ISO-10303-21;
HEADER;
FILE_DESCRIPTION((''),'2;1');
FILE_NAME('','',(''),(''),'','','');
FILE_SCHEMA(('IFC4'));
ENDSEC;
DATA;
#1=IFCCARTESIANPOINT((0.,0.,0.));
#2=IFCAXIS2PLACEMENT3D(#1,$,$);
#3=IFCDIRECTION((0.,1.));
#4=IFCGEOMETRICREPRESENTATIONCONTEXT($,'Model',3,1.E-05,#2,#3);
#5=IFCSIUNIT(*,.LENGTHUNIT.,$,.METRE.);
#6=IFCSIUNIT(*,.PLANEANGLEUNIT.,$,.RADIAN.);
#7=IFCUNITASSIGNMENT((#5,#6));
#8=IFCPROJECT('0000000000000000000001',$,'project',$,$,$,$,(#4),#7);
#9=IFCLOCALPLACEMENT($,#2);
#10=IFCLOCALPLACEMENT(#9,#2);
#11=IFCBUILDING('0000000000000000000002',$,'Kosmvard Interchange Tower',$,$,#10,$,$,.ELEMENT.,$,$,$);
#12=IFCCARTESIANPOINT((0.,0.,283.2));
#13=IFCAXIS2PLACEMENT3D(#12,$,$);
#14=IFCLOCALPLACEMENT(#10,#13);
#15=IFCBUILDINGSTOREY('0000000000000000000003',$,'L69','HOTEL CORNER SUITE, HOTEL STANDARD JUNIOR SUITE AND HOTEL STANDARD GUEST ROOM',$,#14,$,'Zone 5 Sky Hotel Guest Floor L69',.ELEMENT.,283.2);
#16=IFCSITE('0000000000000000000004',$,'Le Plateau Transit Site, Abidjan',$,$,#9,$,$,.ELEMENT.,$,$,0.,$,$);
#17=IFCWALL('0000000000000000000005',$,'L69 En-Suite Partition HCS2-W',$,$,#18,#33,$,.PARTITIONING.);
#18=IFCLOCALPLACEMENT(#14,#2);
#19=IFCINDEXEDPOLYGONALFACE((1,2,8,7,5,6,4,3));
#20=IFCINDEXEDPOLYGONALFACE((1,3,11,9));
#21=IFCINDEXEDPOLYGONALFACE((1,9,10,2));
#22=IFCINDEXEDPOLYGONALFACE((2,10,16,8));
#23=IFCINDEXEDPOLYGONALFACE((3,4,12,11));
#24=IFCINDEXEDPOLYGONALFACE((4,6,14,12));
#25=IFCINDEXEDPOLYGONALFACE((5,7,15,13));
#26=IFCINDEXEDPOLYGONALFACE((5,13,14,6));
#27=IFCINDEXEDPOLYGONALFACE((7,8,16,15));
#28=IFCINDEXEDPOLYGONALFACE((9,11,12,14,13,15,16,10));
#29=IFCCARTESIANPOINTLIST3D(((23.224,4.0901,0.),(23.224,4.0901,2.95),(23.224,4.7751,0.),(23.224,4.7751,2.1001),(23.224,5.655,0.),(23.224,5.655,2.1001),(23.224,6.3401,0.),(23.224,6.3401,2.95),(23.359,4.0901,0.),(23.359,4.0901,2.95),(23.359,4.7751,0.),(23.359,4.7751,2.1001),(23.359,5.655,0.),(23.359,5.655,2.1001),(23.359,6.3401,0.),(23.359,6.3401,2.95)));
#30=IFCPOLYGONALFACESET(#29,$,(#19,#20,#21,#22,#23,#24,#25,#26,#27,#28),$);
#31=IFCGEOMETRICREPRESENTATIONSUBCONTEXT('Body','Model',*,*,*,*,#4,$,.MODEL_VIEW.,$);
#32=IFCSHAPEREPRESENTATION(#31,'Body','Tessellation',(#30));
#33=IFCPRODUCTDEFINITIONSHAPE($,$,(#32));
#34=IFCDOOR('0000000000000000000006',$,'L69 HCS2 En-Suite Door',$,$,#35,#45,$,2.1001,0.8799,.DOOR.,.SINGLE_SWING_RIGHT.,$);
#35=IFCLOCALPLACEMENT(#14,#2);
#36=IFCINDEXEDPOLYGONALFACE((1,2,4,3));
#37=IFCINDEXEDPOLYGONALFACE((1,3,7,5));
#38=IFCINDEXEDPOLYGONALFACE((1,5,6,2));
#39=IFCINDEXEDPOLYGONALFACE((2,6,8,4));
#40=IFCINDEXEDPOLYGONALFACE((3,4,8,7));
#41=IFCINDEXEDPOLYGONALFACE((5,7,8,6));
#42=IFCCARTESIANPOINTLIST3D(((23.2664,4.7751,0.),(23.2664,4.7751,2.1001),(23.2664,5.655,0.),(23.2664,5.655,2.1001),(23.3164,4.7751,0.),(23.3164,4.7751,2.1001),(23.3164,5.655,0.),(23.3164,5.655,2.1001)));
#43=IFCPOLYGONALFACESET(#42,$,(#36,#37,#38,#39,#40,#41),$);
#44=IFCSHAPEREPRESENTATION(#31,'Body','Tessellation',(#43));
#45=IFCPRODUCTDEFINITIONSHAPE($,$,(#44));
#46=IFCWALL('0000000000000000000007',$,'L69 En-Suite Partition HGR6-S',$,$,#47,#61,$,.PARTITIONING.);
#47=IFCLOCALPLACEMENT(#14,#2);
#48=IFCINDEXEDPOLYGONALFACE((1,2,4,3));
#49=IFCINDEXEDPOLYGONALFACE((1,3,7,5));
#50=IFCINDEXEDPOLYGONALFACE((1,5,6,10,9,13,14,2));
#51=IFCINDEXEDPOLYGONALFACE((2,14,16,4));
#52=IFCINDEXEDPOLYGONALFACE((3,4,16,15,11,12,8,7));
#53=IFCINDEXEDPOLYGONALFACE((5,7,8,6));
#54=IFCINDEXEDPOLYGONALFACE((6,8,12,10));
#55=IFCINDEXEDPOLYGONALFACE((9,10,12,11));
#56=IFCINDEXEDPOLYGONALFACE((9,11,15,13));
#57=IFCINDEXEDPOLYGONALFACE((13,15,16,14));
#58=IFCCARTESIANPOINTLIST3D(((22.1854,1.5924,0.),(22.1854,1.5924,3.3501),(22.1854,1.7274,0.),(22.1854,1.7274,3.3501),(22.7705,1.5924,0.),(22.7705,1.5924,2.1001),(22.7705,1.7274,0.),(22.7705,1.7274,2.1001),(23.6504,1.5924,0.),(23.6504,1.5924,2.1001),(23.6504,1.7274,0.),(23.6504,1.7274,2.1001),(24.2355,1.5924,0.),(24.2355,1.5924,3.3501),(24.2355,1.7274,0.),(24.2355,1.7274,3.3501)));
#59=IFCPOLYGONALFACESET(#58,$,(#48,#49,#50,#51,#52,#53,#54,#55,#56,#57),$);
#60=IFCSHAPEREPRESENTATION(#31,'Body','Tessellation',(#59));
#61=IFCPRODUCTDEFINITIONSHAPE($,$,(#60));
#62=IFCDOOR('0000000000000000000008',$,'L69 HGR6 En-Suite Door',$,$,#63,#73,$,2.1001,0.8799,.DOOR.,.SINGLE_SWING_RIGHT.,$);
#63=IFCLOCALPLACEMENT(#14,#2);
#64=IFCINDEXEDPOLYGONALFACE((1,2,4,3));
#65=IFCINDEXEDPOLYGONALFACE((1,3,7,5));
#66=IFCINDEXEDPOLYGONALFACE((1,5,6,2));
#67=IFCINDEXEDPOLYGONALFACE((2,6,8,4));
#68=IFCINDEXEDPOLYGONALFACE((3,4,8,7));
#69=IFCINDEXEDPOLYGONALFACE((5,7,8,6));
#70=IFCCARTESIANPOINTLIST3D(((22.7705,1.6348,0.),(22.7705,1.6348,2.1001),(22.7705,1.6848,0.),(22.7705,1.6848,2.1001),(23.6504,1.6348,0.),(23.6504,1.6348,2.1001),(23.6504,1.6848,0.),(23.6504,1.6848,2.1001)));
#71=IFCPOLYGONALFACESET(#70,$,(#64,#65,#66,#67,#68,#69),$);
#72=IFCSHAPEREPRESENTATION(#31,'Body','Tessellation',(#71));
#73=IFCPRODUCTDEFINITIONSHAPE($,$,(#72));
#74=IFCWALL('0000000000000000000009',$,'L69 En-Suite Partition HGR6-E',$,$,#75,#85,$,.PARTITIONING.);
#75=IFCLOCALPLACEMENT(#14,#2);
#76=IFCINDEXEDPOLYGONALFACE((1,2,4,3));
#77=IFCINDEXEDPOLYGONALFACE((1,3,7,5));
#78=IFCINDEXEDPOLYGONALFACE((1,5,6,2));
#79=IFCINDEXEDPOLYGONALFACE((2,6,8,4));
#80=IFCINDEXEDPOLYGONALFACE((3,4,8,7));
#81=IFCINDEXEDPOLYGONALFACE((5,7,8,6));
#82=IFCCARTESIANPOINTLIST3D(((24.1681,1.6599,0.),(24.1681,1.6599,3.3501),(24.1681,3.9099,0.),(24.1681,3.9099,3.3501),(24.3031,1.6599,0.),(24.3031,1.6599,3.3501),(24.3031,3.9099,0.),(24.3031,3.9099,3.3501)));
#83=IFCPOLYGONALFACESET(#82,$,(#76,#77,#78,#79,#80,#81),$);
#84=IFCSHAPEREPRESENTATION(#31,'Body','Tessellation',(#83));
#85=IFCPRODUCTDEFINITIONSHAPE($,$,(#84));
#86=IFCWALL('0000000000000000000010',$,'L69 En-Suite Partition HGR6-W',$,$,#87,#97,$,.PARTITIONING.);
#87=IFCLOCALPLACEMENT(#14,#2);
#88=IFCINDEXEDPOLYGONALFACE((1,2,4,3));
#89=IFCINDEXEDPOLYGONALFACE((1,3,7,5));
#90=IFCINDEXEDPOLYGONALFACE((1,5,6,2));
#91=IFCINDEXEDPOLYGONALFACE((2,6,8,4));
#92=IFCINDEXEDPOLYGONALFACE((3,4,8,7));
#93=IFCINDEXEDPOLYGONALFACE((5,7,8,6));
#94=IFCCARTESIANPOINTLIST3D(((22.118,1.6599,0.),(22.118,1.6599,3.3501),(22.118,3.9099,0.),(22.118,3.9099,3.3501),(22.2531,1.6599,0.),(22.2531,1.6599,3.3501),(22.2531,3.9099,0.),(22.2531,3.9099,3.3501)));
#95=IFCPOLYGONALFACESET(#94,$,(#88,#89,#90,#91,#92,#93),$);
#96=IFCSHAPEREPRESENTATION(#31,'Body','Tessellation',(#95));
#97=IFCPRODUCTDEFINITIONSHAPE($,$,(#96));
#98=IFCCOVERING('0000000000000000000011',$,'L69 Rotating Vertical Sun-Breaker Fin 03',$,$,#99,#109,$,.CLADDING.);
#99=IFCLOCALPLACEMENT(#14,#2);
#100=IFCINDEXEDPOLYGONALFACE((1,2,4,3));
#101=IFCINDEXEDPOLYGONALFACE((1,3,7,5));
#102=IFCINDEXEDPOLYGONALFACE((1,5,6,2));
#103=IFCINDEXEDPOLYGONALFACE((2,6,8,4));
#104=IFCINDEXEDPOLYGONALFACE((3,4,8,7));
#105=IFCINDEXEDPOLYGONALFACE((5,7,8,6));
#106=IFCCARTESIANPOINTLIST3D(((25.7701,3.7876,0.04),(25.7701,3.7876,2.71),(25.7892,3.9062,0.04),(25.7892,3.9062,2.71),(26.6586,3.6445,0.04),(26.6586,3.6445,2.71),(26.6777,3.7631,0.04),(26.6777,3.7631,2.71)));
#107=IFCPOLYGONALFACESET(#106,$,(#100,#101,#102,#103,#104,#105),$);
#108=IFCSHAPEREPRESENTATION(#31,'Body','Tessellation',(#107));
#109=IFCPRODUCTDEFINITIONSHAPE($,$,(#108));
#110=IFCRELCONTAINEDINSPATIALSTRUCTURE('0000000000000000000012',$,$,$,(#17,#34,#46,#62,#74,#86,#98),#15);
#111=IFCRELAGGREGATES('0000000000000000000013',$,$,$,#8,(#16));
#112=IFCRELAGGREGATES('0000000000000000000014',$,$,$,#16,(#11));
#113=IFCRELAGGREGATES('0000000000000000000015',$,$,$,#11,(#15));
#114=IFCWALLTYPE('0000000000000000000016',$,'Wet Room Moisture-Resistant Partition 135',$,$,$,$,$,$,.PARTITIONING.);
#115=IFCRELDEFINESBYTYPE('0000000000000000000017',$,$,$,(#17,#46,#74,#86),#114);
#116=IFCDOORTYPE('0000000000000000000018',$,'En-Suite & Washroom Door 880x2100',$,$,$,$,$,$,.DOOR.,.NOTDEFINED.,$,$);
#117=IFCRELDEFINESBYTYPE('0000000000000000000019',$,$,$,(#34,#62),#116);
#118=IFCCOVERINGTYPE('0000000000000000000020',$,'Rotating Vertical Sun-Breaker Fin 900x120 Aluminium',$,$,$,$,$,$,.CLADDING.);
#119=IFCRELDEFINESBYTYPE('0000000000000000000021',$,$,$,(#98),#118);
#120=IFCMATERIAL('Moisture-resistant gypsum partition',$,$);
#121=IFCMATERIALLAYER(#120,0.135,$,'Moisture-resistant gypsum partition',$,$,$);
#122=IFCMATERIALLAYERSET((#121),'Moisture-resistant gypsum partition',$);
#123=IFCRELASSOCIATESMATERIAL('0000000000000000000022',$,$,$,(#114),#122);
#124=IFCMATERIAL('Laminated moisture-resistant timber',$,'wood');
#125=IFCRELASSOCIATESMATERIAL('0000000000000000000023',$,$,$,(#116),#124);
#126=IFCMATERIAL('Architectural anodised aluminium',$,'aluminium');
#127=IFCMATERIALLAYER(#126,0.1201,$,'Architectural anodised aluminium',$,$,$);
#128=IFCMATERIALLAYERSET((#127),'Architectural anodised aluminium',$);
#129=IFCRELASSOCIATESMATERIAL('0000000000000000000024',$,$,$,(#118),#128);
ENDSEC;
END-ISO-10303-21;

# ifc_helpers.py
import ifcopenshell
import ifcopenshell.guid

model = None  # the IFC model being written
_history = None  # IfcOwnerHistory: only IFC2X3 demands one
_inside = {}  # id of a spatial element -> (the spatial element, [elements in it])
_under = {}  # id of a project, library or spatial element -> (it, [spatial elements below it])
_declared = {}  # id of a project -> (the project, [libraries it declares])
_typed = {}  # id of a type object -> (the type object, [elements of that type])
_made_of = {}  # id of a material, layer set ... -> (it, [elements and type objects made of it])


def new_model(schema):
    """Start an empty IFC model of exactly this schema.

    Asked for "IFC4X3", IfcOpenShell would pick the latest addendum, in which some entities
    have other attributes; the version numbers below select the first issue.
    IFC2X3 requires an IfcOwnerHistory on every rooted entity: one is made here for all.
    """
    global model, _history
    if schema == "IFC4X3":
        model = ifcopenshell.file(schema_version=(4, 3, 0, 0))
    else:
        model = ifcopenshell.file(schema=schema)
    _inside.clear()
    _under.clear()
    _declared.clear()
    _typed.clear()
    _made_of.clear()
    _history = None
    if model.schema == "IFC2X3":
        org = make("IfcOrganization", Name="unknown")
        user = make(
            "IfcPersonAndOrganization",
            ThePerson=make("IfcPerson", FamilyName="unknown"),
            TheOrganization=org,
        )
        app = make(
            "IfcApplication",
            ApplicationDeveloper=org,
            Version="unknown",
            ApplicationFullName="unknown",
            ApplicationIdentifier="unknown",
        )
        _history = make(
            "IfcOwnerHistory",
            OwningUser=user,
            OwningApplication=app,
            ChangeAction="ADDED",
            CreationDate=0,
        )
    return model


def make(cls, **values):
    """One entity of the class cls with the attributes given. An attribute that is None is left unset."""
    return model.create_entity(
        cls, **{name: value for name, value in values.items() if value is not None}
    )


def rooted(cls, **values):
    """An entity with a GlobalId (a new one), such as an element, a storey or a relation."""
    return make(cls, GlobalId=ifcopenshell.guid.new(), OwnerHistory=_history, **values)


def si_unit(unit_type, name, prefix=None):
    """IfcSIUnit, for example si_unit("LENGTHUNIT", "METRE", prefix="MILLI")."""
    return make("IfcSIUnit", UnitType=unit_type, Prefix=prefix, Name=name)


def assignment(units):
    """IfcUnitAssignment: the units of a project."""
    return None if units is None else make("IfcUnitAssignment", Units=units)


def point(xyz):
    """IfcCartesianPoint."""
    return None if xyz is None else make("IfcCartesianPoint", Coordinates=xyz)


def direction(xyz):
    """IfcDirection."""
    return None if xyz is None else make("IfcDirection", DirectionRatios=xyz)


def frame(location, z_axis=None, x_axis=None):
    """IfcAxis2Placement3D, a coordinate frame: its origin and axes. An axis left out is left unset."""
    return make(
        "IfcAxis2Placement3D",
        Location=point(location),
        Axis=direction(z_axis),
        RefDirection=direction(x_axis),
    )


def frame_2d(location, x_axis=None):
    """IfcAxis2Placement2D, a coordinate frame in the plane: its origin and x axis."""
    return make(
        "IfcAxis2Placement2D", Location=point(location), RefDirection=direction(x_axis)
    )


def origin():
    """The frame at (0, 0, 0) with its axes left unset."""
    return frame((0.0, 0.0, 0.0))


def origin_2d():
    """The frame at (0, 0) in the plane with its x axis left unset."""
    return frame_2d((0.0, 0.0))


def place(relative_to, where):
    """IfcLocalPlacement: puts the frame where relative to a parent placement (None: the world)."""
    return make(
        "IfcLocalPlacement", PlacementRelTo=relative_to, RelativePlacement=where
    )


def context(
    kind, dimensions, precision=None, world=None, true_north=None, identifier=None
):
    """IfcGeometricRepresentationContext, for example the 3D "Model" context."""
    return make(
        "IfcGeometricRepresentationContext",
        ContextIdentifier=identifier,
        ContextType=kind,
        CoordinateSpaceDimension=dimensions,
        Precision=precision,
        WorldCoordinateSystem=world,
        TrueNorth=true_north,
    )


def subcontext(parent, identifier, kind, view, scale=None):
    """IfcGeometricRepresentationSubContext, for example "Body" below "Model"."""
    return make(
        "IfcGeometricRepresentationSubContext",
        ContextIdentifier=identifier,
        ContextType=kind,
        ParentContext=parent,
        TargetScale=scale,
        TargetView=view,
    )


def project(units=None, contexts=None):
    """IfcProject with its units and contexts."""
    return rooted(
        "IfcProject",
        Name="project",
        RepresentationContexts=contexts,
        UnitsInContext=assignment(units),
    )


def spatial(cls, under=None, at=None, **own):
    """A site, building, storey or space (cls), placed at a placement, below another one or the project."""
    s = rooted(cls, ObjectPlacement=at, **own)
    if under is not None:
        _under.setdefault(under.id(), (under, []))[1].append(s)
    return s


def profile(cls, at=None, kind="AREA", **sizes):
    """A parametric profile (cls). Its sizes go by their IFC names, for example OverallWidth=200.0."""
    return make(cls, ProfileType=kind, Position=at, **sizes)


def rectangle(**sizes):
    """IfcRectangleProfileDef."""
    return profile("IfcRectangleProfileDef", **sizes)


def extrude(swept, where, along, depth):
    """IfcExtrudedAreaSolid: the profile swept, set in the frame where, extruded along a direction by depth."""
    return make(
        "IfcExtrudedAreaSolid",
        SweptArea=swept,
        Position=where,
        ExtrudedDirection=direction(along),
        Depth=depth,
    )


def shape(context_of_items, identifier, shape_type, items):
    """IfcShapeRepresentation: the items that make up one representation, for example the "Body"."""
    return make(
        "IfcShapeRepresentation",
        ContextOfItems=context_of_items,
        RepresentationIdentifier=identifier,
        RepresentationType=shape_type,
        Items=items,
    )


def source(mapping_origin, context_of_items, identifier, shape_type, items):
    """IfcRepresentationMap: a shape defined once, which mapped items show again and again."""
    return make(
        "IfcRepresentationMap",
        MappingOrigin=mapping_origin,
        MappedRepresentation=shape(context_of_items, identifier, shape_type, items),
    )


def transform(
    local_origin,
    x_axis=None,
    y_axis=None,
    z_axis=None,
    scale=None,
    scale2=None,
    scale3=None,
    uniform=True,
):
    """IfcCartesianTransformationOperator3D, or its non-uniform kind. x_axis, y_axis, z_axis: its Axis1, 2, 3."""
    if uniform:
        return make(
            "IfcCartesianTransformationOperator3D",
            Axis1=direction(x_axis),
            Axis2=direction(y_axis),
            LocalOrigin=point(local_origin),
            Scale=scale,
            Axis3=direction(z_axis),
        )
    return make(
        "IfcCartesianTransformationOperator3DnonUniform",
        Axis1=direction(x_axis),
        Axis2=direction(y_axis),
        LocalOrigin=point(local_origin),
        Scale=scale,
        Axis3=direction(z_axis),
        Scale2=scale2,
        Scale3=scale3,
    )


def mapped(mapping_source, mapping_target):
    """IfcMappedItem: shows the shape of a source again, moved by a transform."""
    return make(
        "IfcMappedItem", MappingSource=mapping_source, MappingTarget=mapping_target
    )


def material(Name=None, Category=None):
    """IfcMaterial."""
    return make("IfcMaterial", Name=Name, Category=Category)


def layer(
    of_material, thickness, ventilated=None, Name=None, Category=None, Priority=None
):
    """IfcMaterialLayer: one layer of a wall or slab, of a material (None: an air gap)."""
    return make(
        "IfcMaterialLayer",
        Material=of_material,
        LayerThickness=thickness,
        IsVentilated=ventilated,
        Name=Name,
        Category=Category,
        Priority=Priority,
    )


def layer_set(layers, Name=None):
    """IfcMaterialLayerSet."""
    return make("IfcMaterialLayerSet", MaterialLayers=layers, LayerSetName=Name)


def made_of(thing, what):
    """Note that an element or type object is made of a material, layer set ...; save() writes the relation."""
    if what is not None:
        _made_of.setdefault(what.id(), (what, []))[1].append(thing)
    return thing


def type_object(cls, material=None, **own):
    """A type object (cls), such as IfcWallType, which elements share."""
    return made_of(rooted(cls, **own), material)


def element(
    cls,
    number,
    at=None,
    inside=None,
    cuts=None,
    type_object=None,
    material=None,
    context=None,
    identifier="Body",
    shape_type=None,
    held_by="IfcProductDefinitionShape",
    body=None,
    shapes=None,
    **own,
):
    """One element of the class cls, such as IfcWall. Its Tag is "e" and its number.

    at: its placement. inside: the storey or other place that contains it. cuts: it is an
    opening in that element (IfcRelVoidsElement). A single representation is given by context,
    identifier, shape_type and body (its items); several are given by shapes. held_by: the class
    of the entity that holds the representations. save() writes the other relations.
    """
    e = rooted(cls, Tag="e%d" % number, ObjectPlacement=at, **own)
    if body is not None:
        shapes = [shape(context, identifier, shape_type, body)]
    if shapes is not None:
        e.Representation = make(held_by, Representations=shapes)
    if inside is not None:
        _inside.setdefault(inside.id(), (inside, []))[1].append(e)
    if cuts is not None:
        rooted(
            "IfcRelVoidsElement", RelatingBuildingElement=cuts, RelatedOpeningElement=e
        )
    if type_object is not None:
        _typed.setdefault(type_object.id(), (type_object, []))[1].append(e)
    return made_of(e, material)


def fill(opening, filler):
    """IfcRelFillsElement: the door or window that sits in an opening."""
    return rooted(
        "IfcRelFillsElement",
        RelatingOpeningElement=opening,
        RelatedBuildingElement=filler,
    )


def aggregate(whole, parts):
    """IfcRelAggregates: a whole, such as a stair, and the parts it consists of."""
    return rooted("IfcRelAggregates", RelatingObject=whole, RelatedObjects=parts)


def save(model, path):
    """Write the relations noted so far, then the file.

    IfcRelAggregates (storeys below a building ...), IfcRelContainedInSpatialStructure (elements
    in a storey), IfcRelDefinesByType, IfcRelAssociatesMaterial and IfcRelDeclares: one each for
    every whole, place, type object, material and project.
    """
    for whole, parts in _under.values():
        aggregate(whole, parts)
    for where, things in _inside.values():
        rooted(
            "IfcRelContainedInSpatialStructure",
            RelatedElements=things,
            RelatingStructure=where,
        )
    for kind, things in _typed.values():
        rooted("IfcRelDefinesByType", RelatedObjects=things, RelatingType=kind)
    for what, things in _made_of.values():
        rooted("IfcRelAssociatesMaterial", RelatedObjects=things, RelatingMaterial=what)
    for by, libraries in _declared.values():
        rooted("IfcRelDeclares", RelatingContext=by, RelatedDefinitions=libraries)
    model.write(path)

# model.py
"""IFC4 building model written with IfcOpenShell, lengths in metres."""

from ifc_helpers import new_model, si_unit, direction, frame, frame_2d, origin, origin_2d, place, context, subcontext, project, spatial, rectangle, extrude, source, transform, mapped, material, layer, layer_set, type_object, element, fill, save


model = new_model("IFC4")

# Units and contexts
model_context = context("Model", 3, precision=1e-05, world=origin(), true_north=direction((0.0, 1.0)))
body_context = subcontext(model_context, "Body", "Model", "MODEL_VIEW")
ifc_project = project(units=[si_unit("LENGTHUNIT", "METRE"), si_unit("PLANEANGLEUNIT", "RADIAN")], contexts=[model_context])

# Site, building, storey
site_placement = place(None, origin())
site = spatial("IfcSite", under=ifc_project, at=site_placement, Name="Le Plateau Transit Site, Abidjan", CompositionType="ELEMENT", RefElevation=0.0)
building_placement = place(site_placement, origin())
building = spatial("IfcBuilding", under=site, at=building_placement, Name="Kosmvard Interchange Tower", CompositionType="ELEMENT")
storey_placement = place(building_placement, frame((0.0, 0.0, 283.2)))
storey = spatial("IfcBuildingStorey", under=building, at=storey_placement, Name="L69", Description="HOTEL CORNER SUITE, HOTEL STANDARD JUNIOR SUITE AND HOTEL STANDARD GUEST ROOM", LongName="Zone 5 Sky Hotel Guest Floor L69", CompositionType="ELEMENT", Elevation=283.2)

# Shared definitions
ifc_material_1 = material(Name="Moisture-resistant gypsum partition")
ifc_layer_1 = layer(ifc_material_1, 0.135, Name="Moisture-resistant gypsum partition")
ifc_layer_set_1 = layer_set([ifc_layer_1], Name="Moisture-resistant gypsum partition")
wall_type_1 = type_object("IfcWallType", Name="Wet Room Moisture-Resistant Partition 135", PredefinedType="PARTITIONING", material=ifc_layer_set_1)

# Walls, openings, doors
wall_1_placement = place(storey_placement, frame((23.2915, 4.0901, 0.0), z_axis=(0.0, 0.0, 1.0), x_axis=(0.0, 1.0, 0.0)))
wall_1 = element("IfcWall", 1, at=wall_1_placement, inside=storey, type_object=wall_type_1, Name="L69 En-Suite Partition HCS2-W", PredefinedType="PARTITIONING", context=body_context, shape_type="SweptSolid", body=[
    extrude(rectangle(XDim=2.25, YDim=0.135, at=frame_2d((1.125, 0.0))), origin(), (0.0, 0.0, 1.0), 2.95),
])
opening_1_placement = place(wall_1_placement, frame((0.6851, 0.0, 0.0)))
opening_1 = element("IfcOpeningElement", 2, at=opening_1_placement, cuts=wall_1, PredefinedType="OPENING", context=body_context, shape_type="SweptSolid", body=[
    extrude(rectangle(XDim=0.8799, YDim=2.1001, at=frame_2d((0.4399, 1.05))), frame((0.0, 0.0776, 0.0), z_axis=(0.0, -1.0, 0.0), x_axis=(1.0, 0.0, 0.0)), (0.0, 0.0, 1.0), 0.155),
])
ifc_material_2 = material(Name="Laminated moisture-resistant timber", Category="wood")
door_type = type_object("IfcDoorType", Name="En-Suite & Washroom Door 880x2100", OperationType="NOTDEFINED", PredefinedType="DOOR", material=ifc_material_2)
shared_shape_1 = source(origin(), body_context, "Body", "SweptSolid", [
    extrude(rectangle(XDim=0.8799, YDim=2.1001, at=frame_2d((0.4399, 1.05))), frame((0.0, 0.0249, 0.0), z_axis=(0.0, -1.0, 0.0), x_axis=(1.0, 0.0, 0.0)), (0.0, 0.0, 1.0), 0.05),
])
door_1_placement = place(opening_1_placement, frame((0.8799, 0.0, 0.0), z_axis=(0.0, 0.0, 1.0), x_axis=(-1.0, 0.0, 0.0)))
door_1 = element("IfcDoor", 3, at=door_1_placement, inside=storey, type_object=door_type, Name="L69 HCS2 En-Suite Door", OperationType="SINGLE_SWING_RIGHT", OverallHeight=2.1001, OverallWidth=0.8799, PredefinedType="DOOR", context=body_context, shape_type="MappedRepresentation", body=[
    mapped(shared_shape_1, transform((0.0, 0.0, 0.0), scale=1.0)),
])
fill(opening_1, door_1)
wall_2_placement = place(storey_placement, frame((22.1855, 1.6599, 0.0), z_axis=(0.0, 0.0, 1.0), x_axis=(1.0, 0.0, 0.0)))
wall_2 = element("IfcWall", 4, at=wall_2_placement, inside=storey, type_object=wall_type_1, Name="L69 En-Suite Partition HGR6-S", PredefinedType="PARTITIONING", context=body_context, shape_type="SweptSolid", body=[
    extrude(rectangle(XDim=2.05, YDim=0.135, at=frame_2d((1.0249, 0.0))), origin(), (0.0, 0.0, 1.0), 3.3501),
])
opening_2_placement = place(wall_2_placement, frame((0.585, 0.0, 0.0)))
opening_2 = element("IfcOpeningElement", 5, at=opening_2_placement, cuts=wall_2, PredefinedType="OPENING", context=body_context, shape_type="SweptSolid", body=[
    extrude(rectangle(XDim=0.8799, YDim=2.1001, at=frame_2d((0.4399, 1.05))), frame((0.0, 0.0776, 0.0), z_axis=(0.0, -1.0, 0.0), x_axis=(1.0, 0.0, 0.0)), (0.0, 0.0, 1.0), 0.155),
])
door_2_placement = place(opening_2_placement, origin())
door_2 = element("IfcDoor", 6, at=door_2_placement, inside=storey, type_object=door_type, Name="L69 HGR6 En-Suite Door", OperationType="SINGLE_SWING_RIGHT", OverallHeight=2.1001, OverallWidth=0.8799, PredefinedType="DOOR", context=body_context, shape_type="MappedRepresentation", body=[
    mapped(shared_shape_1, transform((0.0, 0.0, 0.0), scale=1.0)),
])
fill(opening_2, door_2)

# Walls
for number, where, z_axis, x_axis, name in (
    (7, (24.2356, 1.6599, 0.0), (0.0, 0.0, 1.0), (0.0, 1.0, 0.0), "L69 En-Suite Partition HGR6-E"),
    (8, (22.1855, 1.6599, 0.0), (0.0, 0.0, 1.0), (0.0, 1.0, 0.0), "L69 En-Suite Partition HGR6-W"),
):
    element("IfcWall", number, at=place(storey_placement, frame(where, z_axis=z_axis, x_axis=x_axis)), inside=storey, type_object=wall_type_1, Name=name, PredefinedType="PARTITIONING", context=body_context, shape_type="SweptSolid", body=[
        extrude(rectangle(XDim=2.25, YDim=0.135, at=frame_2d((1.125, 0.0))), origin(), (0.0, 0.0, 1.0), 3.3501),
    ])

# Covering
ifc_material_3 = material(Name="Architectural anodised aluminium", Category="aluminium")
ifc_layer_2 = layer(ifc_material_3, 0.1201, Name="Architectural anodised aluminium")
ifc_layer_set_2 = layer_set([ifc_layer_2], Name="Architectural anodised aluminium")
covering_type = type_object("IfcCoveringType", Name="Rotating Vertical Sun-Breaker Fin 900x120 Aluminium", PredefinedType="CLADDING", material=ifc_layer_set_2)
shared_shape_2 = source(origin(), body_context, "Body", "SweptSolid", [
    extrude(rectangle(XDim=0.8999, YDim=0.1201, at=origin_2d()), origin(), (0.0, 0.0, 1.0), 2.6699),
])
covering_placement = place(storey_placement, frame((26.2239, 3.7754, 0.04), z_axis=(0.0, 0.0, 1.0), x_axis=(0.987275, -0.15902, 0.0)))
element("IfcCovering", 9, at=covering_placement, inside=storey, type_object=covering_type, Name="L69 Rotating Vertical Sun-Breaker Fin 03", PredefinedType="CLADDING", context=body_context, shape_type="MappedRepresentation", body=[
    mapped(shared_shape_2, transform((0.0, 0.0, 0.0), scale=1.0)),
])

save(model, "model.ifc")
